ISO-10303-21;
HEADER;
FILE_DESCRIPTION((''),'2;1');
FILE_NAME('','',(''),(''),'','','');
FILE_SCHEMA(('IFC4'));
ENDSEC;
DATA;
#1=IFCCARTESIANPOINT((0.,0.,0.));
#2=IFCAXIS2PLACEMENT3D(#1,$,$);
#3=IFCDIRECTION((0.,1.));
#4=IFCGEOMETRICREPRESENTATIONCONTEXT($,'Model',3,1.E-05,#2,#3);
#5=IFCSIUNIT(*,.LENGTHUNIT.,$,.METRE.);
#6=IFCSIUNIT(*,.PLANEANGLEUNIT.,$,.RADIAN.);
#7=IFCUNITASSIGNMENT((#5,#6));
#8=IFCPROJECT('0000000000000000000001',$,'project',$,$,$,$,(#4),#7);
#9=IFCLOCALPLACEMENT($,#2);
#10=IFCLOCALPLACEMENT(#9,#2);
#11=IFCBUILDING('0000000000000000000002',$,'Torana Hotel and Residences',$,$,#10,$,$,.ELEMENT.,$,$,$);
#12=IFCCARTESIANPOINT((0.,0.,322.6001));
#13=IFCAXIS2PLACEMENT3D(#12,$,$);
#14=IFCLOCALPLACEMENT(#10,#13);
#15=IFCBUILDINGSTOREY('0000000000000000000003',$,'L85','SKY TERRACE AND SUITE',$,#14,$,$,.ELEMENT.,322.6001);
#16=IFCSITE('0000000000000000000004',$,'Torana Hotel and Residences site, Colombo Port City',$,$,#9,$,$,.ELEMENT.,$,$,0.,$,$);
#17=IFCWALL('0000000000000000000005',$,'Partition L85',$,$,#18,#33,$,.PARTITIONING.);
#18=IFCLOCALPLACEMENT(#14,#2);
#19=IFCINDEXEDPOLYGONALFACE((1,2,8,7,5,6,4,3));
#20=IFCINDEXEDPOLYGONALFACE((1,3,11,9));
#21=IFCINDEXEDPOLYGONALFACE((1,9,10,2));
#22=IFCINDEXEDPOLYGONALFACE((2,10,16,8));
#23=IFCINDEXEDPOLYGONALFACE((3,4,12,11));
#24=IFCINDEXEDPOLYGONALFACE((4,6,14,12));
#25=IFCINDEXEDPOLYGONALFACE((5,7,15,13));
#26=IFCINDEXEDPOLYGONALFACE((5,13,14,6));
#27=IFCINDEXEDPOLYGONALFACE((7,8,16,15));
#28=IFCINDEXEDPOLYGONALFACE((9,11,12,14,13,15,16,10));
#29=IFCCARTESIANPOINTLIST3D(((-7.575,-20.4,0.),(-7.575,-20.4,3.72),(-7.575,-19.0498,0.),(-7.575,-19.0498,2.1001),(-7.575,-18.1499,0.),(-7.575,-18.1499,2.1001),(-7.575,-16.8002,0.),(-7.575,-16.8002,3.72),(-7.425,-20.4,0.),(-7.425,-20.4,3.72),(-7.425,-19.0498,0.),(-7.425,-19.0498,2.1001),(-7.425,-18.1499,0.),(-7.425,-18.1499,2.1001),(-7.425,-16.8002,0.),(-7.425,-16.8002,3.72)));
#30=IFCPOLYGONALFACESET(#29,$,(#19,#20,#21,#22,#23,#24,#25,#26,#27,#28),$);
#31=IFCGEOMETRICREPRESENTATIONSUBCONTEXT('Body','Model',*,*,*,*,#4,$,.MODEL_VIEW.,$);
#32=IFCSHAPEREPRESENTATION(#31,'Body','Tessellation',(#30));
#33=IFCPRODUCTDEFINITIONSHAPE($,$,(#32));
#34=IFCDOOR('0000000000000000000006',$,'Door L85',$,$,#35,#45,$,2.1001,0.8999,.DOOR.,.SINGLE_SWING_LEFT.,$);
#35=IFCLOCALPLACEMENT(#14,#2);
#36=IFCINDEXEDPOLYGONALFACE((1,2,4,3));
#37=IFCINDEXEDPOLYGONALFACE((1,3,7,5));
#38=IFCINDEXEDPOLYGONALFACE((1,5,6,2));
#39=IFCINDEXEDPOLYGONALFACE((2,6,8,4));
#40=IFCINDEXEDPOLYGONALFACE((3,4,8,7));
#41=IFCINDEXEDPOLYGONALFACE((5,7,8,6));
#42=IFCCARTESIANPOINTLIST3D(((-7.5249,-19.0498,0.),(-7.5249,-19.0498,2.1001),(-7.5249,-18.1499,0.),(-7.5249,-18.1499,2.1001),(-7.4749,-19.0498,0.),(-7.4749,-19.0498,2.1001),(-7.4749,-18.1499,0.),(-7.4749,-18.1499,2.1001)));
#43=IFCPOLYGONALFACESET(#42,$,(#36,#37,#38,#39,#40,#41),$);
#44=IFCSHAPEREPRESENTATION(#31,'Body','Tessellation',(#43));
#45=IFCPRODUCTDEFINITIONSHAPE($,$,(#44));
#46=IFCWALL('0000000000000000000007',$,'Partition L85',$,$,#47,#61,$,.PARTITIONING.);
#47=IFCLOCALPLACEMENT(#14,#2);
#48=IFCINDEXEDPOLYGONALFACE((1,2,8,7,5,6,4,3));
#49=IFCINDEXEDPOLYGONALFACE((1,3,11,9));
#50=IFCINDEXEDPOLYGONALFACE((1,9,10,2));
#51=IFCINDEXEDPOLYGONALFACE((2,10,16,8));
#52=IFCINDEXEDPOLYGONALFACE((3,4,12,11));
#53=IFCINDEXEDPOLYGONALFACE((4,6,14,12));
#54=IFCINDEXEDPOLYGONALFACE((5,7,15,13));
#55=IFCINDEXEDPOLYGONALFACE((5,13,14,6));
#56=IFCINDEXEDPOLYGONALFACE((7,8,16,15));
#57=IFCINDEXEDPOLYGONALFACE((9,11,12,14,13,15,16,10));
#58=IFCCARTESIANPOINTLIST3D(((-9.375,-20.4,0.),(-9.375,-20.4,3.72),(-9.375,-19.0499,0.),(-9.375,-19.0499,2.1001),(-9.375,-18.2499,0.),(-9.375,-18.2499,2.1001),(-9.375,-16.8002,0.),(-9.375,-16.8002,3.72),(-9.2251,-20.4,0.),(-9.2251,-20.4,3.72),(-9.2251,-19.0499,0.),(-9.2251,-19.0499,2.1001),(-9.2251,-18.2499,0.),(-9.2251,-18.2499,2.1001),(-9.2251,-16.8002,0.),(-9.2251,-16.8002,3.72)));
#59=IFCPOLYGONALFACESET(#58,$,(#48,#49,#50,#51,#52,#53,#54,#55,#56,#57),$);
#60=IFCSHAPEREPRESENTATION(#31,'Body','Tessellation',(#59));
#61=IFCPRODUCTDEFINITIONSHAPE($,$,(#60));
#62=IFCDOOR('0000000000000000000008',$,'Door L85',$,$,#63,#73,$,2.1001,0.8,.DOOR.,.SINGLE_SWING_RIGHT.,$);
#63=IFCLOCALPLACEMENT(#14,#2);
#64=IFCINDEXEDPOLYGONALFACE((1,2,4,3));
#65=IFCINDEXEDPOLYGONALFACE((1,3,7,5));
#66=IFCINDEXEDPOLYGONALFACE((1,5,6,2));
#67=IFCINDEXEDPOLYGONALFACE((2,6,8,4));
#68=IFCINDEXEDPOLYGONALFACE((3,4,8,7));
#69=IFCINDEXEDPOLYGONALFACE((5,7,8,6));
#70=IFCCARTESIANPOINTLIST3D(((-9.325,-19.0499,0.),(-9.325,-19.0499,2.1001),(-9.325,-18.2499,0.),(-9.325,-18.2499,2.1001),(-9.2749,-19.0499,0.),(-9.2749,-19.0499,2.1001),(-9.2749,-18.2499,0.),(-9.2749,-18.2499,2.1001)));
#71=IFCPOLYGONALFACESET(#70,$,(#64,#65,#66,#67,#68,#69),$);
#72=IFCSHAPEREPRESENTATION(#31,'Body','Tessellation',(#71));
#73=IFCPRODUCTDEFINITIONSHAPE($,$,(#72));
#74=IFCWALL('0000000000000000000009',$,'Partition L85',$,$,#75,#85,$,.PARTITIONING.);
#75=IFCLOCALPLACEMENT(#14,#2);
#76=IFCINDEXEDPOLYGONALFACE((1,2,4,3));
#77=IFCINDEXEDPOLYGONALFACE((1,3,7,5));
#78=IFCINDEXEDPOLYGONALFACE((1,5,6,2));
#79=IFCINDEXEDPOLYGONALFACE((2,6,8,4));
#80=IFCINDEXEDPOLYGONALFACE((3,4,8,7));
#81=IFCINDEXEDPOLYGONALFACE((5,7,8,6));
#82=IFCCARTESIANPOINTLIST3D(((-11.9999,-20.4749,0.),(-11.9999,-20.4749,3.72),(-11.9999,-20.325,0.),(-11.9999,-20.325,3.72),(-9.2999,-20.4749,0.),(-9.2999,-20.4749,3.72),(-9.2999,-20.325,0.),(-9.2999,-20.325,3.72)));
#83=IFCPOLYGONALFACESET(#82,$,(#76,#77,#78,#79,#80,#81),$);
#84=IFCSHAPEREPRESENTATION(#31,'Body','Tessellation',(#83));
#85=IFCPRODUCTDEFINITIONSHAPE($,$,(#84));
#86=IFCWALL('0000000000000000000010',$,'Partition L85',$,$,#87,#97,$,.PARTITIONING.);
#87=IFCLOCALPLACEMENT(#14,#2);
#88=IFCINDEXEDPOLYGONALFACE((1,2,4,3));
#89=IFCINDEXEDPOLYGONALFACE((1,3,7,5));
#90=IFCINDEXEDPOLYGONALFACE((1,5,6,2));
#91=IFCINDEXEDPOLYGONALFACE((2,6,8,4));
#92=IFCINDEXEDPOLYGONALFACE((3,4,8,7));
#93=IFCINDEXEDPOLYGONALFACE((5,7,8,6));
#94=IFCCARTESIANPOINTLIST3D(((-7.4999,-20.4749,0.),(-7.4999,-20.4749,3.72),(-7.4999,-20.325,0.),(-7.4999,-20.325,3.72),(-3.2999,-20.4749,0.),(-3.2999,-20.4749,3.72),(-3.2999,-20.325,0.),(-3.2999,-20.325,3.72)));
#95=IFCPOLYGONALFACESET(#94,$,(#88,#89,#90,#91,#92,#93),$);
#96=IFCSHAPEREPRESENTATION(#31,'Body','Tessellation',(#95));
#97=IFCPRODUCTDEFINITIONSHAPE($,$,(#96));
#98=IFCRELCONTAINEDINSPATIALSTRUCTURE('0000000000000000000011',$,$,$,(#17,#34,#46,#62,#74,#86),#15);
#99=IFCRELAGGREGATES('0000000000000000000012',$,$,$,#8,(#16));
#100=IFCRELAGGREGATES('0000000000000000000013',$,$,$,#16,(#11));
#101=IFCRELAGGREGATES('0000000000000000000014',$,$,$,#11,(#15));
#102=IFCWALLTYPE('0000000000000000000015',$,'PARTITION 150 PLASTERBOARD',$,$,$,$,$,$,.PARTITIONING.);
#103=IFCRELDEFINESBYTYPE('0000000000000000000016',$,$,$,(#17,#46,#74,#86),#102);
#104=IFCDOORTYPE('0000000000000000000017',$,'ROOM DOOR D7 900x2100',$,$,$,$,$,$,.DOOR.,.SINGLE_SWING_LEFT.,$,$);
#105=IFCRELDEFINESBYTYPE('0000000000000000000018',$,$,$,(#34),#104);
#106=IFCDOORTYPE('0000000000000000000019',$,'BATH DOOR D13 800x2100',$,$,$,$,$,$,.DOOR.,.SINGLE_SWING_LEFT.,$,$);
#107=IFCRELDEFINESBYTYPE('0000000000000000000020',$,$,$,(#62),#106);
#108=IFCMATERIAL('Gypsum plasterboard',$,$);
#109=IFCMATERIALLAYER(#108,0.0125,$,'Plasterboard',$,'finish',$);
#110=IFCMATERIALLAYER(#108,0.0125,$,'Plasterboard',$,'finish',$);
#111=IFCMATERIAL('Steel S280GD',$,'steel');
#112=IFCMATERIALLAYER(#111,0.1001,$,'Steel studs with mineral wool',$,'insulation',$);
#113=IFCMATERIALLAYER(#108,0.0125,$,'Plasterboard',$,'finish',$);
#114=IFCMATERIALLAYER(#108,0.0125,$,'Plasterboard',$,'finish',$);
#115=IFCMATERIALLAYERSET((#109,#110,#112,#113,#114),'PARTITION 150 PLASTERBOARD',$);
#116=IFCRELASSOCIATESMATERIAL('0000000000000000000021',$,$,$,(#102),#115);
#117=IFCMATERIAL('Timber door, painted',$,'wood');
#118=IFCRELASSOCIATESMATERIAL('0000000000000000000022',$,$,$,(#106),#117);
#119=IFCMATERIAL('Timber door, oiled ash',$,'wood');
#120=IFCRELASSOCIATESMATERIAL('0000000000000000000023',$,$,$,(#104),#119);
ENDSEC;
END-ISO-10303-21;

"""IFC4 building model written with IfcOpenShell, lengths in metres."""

from ifc_helpers import new_model, si_unit, direction, frame, frame_2d, origin, place, context, subcontext, project, spatial, rectangle, extrude, material, layer, layer_set, type_object, element, fill, save


model = new_model("IFC4")

# Units and contexts
model_context = context("Model", 3, precision=1e-05, world=origin(), true_north=direction((0.0, 1.0)))
body_context = subcontext(model_context, "Body", "Model", "MODEL_VIEW")
ifc_project = project(units=[si_unit("LENGTHUNIT", "METRE"), si_unit("PLANEANGLEUNIT", "RADIAN")], contexts=[model_context])

# Site, building, storey
site_placement = place(None, origin())
site = spatial("IfcSite", under=ifc_project, at=site_placement, Name="Torana Hotel and Residences site, Colombo Port City", CompositionType="ELEMENT", RefElevation=0.0)
building_placement = place(site_placement, origin())
building = spatial("IfcBuilding", under=site, at=building_placement, Name="Torana Hotel and Residences", CompositionType="ELEMENT")
storey_placement = place(building_placement, frame((0.0, 0.0, 322.6001)))
storey = spatial("IfcBuildingStorey", under=building, at=storey_placement, Name="L85", Description="SKY TERRACE AND SUITE", CompositionType="ELEMENT", Elevation=322.6001)

# Walls, openings, doors
ifc_material_1 = material(Name="Gypsum plasterboard")
ifc_layer_1 = layer(ifc_material_1, 0.0125, Name="Plasterboard", Category="finish")
ifc_layer_2 = layer(ifc_material_1, 0.0125, Name="Plasterboard", Category="finish")
ifc_material_2 = material(Name="Steel S280GD", Category="steel")
ifc_layer_3 = layer(ifc_material_2, 0.1001, Name="Steel studs with mineral wool", Category="insulation")
ifc_layer_4 = layer(ifc_material_1, 0.0125, Name="Plasterboard", Category="finish")
ifc_layer_5 = layer(ifc_material_1, 0.0125, Name="Plasterboard", Category="finish")
ifc_layer_set_1 = layer_set([ifc_layer_1, ifc_layer_2, ifc_layer_3, ifc_layer_4, ifc_layer_5], Name="PARTITION 150 PLASTERBOARD")
wall_type_1 = type_object("IfcWallType", Name="PARTITION 150 PLASTERBOARD", PredefinedType="PARTITIONING", material=ifc_layer_set_1)
ifc_material_3 = material(Name="Timber door, painted", Category="wood")
door_type_1 = type_object("IfcDoorType", Name="BATH DOOR D13 800x2100", OperationType="SINGLE_SWING_LEFT", PredefinedType="DOOR", material=ifc_material_3)
wall_1_placement = place(storey_placement, frame((-7.5, -20.3999, 0.0), z_axis=(0.0, 0.0, 1.0), x_axis=(0.0, 1.0, 0.0)))
wall_1 = element("IfcWall", 1, at=wall_1_placement, inside=storey, type_object=wall_type_1, Name="Partition L85", PredefinedType="PARTITIONING", context=body_context, shape_type="SweptSolid", body=[
    extrude(rectangle(XDim=3.5999, YDim=0.1499, at=frame_2d((1.7998, 0.0))), origin(), (0.0, 0.0, 1.0), 3.72),
])
opening_1_placement = place(wall_1_placement, frame((1.3501, 0.0, 0.0)))
opening_1 = element("IfcOpeningElement", 2, at=opening_1_placement, cuts=wall_1, PredefinedType="OPENING", context=body_context, shape_type="SweptSolid", body=[
    extrude(rectangle(XDim=0.8999, YDim=2.1001, at=frame_2d((0.45, 1.05))), frame((0.0, 0.085, 0.0), z_axis=(0.0, -1.0, 0.0), x_axis=(1.0, 0.0, 0.0)), (0.0, 0.0, 1.0), 0.1699),
])
ifc_material_4 = material(Name="Timber door, oiled ash", Category="wood")
door_type_2 = type_object("IfcDoorType", Name="ROOM DOOR D7 900x2100", OperationType="SINGLE_SWING_LEFT", PredefinedType="DOOR", material=ifc_material_4)
door_1_placement = place(opening_1_placement, origin())
door_1 = element("IfcDoor", 3, at=door_1_placement, inside=storey, type_object=door_type_2, Name="Door L85", OperationType="SINGLE_SWING_LEFT", OverallHeight=2.1001, OverallWidth=0.8999, PredefinedType="DOOR", context=body_context, shape_type="SweptSolid", body=[
    extrude(rectangle(XDim=0.8999, YDim=2.1001, at=frame_2d((0.45, 1.05))), frame((0.0, 0.0249, 0.0), z_axis=(0.0, -1.0, 0.0), x_axis=(1.0, 0.0, 0.0)), (0.0, 0.0, 1.0), 0.05),
])
fill(opening_1, door_1)
wall_2_placement = place(storey_placement, frame((-9.3, -20.3999, 0.0), z_axis=(0.0, 0.0, 1.0), x_axis=(0.0, 1.0, 0.0)))
wall_2 = element("IfcWall", 4, at=wall_2_placement, inside=storey, type_object=wall_type_1, Name="Partition L85", PredefinedType="PARTITIONING", context=body_context, shape_type="SweptSolid", body=[
    extrude(rectangle(XDim=3.5999, YDim=0.1499, at=frame_2d((1.7998, 0.0))), origin(), (0.0, 0.0, 1.0), 3.72),
])
opening_2_placement = place(wall_2_placement, frame((1.3501, 0.0, 0.0)))
opening_2 = element("IfcOpeningElement", 5, at=opening_2_placement, cuts=wall_2, PredefinedType="OPENING", context=body_context, shape_type="SweptSolid", body=[
    extrude(rectangle(XDim=0.8, YDim=2.1001, at=frame_2d((0.3999, 1.05))), frame((0.0, 0.085, 0.0), z_axis=(0.0, -1.0, 0.0), x_axis=(1.0, 0.0, 0.0)), (0.0, 0.0, 1.0), 0.1699),
])
door_2_placement = place(opening_2_placement, frame((0.3999, 0.0, 0.0), z_axis=(0.0, 0.0, 1.0), x_axis=(-1.0, 0.0, 0.0)))
door_2 = element("IfcDoor", 6, at=door_2_placement, inside=storey, type_object=door_type_1, Name="Door L85", OperationType="SINGLE_SWING_RIGHT", OverallHeight=2.1001, OverallWidth=0.8, PredefinedType="DOOR", context=body_context, shape_type="SweptSolid", body=[
    extrude(rectangle(XDim=0.8, YDim=2.1001, at=frame_2d((0.0, 1.05))), frame((0.0, -0.0249, 0.0), z_axis=(0.0, 1.0, 0.0), x_axis=(-1.0, 0.0, 0.0)), (0.0, 0.0, 1.0), 0.05),
])
fill(opening_2, door_2)

# Walls
wall_3_placement = place(storey_placement, frame((-12.0, -20.3999, 0.0), z_axis=(0.0, 0.0, 1.0), x_axis=(1.0, 0.0, 0.0)))
element("IfcWall", 7, at=wall_3_placement, inside=storey, type_object=wall_type_1, Name="Partition L85", PredefinedType="PARTITIONING", context=body_context, shape_type="SweptSolid", body=[
    extrude(rectangle(XDim=2.7, YDim=0.1499, at=frame_2d((1.3501, 0.0))), origin(), (0.0, 0.0, 1.0), 3.72),
])
wall_4_placement = place(storey_placement, frame((-7.5, -20.3999, 0.0), z_axis=(0.0, 0.0, 1.0), x_axis=(1.0, 0.0, 0.0)))
element("IfcWall", 8, at=wall_4_placement, inside=storey, type_object=wall_type_1, Name="Partition L85", PredefinedType="PARTITIONING", context=body_context, shape_type="SweptSolid", body=[
    extrude(rectangle(XDim=4.2, YDim=0.1499, at=frame_2d((2.1001, 0.0))), origin(), (0.0, 0.0, 1.0), 3.72),
])

save(model, "model.ifc")
